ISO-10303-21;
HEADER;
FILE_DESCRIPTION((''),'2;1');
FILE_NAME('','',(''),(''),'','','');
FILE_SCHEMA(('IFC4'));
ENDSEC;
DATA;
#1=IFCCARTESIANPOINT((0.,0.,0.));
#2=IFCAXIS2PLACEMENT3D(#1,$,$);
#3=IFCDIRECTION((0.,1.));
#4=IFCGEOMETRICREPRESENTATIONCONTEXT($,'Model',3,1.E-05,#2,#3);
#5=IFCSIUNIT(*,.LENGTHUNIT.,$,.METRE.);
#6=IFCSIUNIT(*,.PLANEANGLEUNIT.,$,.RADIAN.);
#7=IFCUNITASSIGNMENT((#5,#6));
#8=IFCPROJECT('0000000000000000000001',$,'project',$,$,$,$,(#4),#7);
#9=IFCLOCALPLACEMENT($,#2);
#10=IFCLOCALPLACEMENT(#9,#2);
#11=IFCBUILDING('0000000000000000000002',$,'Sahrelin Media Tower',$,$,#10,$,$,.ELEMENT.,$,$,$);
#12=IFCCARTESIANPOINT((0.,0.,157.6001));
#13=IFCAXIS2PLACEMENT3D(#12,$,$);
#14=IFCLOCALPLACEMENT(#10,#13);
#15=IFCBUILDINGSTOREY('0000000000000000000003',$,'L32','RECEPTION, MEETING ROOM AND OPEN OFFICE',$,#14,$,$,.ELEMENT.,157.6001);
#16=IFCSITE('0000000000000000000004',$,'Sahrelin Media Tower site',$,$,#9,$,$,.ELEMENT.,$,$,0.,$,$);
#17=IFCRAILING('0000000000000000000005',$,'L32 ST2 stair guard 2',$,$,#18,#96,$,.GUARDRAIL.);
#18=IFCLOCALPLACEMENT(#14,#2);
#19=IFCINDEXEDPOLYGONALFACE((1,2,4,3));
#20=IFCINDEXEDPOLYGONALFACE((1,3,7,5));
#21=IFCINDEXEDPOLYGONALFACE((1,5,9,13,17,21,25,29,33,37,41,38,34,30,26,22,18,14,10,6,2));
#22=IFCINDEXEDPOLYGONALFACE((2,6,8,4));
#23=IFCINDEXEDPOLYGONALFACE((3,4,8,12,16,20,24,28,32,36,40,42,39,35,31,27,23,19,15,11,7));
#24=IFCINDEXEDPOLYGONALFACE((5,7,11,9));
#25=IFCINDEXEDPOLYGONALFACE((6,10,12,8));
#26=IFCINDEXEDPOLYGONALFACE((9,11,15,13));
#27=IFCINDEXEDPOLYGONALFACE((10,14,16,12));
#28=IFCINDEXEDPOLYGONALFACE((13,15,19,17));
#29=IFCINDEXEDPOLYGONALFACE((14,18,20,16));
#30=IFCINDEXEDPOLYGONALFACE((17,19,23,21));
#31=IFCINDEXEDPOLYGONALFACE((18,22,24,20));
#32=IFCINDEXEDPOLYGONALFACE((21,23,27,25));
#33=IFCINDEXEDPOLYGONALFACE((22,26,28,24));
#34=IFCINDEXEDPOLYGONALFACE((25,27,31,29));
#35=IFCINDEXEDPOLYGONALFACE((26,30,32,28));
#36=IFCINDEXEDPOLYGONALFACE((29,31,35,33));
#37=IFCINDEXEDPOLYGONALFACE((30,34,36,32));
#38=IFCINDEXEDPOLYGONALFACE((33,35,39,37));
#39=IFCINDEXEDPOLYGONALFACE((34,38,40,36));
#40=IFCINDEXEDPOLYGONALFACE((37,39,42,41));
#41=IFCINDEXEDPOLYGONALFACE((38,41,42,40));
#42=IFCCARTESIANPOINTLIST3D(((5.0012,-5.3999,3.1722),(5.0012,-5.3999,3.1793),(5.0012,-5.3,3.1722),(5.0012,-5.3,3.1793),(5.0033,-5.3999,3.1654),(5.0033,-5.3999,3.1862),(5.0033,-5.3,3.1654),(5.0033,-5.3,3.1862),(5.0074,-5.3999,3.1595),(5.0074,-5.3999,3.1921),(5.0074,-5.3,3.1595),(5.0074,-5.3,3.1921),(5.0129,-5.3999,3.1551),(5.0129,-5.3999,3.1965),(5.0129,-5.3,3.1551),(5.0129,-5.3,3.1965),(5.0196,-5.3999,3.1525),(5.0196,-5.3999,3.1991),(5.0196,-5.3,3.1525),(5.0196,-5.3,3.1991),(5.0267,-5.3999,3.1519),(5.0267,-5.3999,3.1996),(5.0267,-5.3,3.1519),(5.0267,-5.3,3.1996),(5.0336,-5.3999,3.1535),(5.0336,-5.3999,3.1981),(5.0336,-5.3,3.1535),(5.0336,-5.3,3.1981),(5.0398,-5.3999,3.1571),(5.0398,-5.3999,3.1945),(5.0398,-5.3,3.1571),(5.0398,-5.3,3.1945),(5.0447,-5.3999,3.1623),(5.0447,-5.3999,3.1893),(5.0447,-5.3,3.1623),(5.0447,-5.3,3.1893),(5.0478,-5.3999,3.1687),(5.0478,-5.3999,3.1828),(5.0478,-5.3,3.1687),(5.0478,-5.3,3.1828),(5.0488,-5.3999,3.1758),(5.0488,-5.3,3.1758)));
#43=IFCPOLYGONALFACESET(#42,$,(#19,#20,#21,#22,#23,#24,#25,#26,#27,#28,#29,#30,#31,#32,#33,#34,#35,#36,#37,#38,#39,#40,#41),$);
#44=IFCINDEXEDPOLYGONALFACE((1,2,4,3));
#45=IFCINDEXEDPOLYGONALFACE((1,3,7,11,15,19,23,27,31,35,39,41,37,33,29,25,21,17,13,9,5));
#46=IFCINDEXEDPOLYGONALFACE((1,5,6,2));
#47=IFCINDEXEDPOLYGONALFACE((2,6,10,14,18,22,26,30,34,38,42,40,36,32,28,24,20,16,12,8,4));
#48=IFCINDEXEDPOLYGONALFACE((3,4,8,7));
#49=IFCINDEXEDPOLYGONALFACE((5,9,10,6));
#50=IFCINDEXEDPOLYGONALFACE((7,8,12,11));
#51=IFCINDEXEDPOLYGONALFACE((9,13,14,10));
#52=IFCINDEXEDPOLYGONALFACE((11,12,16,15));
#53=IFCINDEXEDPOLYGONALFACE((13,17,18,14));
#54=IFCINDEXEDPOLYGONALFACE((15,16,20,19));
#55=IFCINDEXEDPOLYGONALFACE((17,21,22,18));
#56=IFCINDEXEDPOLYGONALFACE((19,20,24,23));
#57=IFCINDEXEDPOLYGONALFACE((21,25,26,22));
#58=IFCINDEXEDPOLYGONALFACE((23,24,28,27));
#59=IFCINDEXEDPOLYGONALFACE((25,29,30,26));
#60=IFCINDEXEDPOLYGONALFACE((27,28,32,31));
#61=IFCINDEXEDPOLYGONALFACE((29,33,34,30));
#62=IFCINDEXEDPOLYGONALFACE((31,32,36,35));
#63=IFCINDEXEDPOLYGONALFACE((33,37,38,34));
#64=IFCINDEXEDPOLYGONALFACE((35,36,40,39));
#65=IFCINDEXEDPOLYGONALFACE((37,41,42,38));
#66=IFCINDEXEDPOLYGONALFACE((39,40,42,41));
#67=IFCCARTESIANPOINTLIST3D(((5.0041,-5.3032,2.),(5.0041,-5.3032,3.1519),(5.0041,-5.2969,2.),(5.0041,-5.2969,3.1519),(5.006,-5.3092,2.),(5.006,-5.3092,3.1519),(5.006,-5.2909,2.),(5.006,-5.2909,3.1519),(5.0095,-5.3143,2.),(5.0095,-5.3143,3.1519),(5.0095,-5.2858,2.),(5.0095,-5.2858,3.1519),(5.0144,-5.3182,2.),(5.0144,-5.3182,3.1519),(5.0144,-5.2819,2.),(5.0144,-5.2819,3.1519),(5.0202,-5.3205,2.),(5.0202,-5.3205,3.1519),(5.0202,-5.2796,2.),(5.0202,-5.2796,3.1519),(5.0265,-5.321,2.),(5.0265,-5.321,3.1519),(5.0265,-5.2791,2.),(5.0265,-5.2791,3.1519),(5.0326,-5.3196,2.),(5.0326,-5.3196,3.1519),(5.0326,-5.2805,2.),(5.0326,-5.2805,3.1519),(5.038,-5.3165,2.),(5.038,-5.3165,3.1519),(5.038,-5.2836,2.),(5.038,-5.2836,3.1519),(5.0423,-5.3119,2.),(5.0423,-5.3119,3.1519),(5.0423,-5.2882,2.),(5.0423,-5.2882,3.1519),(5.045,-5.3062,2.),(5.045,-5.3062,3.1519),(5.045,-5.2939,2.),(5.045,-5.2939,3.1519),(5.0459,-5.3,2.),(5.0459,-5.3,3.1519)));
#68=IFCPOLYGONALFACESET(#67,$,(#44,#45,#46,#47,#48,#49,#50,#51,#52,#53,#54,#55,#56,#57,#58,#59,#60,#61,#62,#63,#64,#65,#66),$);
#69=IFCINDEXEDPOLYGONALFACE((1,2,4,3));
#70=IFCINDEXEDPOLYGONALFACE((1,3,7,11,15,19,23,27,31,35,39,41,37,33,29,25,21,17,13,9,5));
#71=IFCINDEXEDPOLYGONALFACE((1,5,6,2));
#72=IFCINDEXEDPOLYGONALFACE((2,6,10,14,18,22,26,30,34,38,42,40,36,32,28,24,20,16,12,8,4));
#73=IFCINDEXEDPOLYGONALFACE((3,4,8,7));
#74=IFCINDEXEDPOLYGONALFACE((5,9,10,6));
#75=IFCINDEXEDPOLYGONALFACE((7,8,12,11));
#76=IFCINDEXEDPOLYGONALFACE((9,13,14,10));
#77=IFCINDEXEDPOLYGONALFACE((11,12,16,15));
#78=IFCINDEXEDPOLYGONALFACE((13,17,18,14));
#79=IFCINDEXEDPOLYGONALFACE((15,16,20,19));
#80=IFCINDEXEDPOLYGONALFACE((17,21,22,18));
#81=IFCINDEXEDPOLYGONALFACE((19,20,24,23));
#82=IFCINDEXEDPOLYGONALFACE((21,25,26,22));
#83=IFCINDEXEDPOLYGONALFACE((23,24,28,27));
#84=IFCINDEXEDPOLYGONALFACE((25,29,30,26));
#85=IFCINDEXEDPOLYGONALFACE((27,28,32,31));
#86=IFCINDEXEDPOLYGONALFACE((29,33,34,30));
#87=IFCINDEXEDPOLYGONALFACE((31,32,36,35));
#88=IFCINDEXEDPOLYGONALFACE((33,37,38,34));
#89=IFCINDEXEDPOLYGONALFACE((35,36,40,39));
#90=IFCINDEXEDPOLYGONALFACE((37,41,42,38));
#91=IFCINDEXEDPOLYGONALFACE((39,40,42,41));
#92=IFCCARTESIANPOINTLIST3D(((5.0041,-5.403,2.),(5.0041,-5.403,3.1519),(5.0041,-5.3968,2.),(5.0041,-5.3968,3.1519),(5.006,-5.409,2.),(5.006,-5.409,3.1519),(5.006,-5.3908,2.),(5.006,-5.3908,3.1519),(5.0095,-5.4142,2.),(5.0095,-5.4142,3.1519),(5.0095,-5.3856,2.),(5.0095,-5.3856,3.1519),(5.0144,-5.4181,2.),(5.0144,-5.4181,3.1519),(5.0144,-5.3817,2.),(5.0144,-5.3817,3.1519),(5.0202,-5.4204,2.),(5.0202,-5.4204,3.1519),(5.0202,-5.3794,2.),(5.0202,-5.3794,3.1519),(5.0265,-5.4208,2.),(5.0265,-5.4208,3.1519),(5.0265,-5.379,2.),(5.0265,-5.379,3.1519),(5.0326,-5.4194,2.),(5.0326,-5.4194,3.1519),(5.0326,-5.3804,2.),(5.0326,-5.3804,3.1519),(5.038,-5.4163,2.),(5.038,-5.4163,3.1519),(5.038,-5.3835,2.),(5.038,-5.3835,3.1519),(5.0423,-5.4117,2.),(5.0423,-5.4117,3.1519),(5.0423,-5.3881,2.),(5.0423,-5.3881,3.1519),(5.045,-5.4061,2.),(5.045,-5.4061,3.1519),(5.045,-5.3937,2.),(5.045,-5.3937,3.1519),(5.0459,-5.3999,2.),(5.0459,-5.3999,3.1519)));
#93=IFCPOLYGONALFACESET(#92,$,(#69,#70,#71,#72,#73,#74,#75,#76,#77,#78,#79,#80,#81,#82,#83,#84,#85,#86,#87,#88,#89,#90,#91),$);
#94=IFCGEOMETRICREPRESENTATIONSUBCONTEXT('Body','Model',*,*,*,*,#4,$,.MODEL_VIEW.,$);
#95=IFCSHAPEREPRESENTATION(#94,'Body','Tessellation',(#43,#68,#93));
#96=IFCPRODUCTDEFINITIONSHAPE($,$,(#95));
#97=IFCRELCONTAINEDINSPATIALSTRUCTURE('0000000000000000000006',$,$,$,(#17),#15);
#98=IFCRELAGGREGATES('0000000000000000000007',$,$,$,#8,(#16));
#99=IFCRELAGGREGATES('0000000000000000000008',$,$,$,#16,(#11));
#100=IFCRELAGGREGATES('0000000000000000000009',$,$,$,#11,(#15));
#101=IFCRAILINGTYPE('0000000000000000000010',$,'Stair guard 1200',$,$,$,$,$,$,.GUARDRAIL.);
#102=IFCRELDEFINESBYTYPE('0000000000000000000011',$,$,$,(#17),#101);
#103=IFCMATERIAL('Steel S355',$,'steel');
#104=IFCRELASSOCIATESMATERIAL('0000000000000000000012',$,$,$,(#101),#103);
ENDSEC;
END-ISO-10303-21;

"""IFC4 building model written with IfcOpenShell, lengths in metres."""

from ifc_helpers import new_model, si_unit, direction, frame, origin, origin_2d, place, context, subcontext, project, spatial, circle, extrude, material, type_object, element, save


model = new_model("IFC4")

# Units and contexts
model_context = context("Model", 3, precision=1e-05, world=origin(), true_north=direction((0.0, 1.0)))
body_context = subcontext(model_context, "Body", "Model", "MODEL_VIEW")
ifc_project = project(units=[si_unit("LENGTHUNIT", "METRE"), si_unit("PLANEANGLEUNIT", "RADIAN")], contexts=[model_context])

# Site, building, storey
site_placement = place(None, origin())
site = spatial("IfcSite", under=ifc_project, at=site_placement, Name="Sahrelin Media Tower site", CompositionType="ELEMENT", RefElevation=0.0)
building_placement = place(site_placement, origin())
building = spatial("IfcBuilding", under=site, at=building_placement, Name="Sahrelin Media Tower", CompositionType="ELEMENT")
storey_placement = place(building_placement, frame((0.0, 0.0, 157.6001)))
storey = spatial("IfcBuildingStorey", under=building, at=storey_placement, Name="L32", Description="RECEPTION, MEETING ROOM AND OPEN OFFICE", CompositionType="ELEMENT", Elevation=157.6001)

# Shared definitions
ifc_material_1 = material(Name="Steel S355", Category="steel")

# Railing
railing_type_1 = type_object("IfcRailingType", Name="Stair guard 1200", PredefinedType="GUARDRAIL", material=ifc_material_1)
railing_1_placement = place(storey_placement, frame((5.0249, -5.3, 2.0)))
element("IfcRailing", 1, at=railing_1_placement, inside=storey, type_object=railing_type_1, Name="L32 ST2 stair guard 2", PredefinedType="GUARDRAIL", context=body_context, shape_type="SweptSolid", body=[
    extrude(circle(Radius=0.0239, at=origin_2d()), frame((0.0, 0.0, 1.1758), z_axis=(0.0, -1.0, 0.0), x_axis=(1.0, 0.0, 0.0)), (0.0, 0.0, 1.0), 0.0999),
    extrude(circle(Radius=0.021, at=origin_2d()), origin(), (0.0, 0.0, 1.0), 1.1519),
    extrude(circle(Radius=0.021, at=origin_2d()), frame((0.0, -0.0999, 0.0)), (0.0, 0.0, 1.0), 1.1519),
])

save(model, "model.ifc")
